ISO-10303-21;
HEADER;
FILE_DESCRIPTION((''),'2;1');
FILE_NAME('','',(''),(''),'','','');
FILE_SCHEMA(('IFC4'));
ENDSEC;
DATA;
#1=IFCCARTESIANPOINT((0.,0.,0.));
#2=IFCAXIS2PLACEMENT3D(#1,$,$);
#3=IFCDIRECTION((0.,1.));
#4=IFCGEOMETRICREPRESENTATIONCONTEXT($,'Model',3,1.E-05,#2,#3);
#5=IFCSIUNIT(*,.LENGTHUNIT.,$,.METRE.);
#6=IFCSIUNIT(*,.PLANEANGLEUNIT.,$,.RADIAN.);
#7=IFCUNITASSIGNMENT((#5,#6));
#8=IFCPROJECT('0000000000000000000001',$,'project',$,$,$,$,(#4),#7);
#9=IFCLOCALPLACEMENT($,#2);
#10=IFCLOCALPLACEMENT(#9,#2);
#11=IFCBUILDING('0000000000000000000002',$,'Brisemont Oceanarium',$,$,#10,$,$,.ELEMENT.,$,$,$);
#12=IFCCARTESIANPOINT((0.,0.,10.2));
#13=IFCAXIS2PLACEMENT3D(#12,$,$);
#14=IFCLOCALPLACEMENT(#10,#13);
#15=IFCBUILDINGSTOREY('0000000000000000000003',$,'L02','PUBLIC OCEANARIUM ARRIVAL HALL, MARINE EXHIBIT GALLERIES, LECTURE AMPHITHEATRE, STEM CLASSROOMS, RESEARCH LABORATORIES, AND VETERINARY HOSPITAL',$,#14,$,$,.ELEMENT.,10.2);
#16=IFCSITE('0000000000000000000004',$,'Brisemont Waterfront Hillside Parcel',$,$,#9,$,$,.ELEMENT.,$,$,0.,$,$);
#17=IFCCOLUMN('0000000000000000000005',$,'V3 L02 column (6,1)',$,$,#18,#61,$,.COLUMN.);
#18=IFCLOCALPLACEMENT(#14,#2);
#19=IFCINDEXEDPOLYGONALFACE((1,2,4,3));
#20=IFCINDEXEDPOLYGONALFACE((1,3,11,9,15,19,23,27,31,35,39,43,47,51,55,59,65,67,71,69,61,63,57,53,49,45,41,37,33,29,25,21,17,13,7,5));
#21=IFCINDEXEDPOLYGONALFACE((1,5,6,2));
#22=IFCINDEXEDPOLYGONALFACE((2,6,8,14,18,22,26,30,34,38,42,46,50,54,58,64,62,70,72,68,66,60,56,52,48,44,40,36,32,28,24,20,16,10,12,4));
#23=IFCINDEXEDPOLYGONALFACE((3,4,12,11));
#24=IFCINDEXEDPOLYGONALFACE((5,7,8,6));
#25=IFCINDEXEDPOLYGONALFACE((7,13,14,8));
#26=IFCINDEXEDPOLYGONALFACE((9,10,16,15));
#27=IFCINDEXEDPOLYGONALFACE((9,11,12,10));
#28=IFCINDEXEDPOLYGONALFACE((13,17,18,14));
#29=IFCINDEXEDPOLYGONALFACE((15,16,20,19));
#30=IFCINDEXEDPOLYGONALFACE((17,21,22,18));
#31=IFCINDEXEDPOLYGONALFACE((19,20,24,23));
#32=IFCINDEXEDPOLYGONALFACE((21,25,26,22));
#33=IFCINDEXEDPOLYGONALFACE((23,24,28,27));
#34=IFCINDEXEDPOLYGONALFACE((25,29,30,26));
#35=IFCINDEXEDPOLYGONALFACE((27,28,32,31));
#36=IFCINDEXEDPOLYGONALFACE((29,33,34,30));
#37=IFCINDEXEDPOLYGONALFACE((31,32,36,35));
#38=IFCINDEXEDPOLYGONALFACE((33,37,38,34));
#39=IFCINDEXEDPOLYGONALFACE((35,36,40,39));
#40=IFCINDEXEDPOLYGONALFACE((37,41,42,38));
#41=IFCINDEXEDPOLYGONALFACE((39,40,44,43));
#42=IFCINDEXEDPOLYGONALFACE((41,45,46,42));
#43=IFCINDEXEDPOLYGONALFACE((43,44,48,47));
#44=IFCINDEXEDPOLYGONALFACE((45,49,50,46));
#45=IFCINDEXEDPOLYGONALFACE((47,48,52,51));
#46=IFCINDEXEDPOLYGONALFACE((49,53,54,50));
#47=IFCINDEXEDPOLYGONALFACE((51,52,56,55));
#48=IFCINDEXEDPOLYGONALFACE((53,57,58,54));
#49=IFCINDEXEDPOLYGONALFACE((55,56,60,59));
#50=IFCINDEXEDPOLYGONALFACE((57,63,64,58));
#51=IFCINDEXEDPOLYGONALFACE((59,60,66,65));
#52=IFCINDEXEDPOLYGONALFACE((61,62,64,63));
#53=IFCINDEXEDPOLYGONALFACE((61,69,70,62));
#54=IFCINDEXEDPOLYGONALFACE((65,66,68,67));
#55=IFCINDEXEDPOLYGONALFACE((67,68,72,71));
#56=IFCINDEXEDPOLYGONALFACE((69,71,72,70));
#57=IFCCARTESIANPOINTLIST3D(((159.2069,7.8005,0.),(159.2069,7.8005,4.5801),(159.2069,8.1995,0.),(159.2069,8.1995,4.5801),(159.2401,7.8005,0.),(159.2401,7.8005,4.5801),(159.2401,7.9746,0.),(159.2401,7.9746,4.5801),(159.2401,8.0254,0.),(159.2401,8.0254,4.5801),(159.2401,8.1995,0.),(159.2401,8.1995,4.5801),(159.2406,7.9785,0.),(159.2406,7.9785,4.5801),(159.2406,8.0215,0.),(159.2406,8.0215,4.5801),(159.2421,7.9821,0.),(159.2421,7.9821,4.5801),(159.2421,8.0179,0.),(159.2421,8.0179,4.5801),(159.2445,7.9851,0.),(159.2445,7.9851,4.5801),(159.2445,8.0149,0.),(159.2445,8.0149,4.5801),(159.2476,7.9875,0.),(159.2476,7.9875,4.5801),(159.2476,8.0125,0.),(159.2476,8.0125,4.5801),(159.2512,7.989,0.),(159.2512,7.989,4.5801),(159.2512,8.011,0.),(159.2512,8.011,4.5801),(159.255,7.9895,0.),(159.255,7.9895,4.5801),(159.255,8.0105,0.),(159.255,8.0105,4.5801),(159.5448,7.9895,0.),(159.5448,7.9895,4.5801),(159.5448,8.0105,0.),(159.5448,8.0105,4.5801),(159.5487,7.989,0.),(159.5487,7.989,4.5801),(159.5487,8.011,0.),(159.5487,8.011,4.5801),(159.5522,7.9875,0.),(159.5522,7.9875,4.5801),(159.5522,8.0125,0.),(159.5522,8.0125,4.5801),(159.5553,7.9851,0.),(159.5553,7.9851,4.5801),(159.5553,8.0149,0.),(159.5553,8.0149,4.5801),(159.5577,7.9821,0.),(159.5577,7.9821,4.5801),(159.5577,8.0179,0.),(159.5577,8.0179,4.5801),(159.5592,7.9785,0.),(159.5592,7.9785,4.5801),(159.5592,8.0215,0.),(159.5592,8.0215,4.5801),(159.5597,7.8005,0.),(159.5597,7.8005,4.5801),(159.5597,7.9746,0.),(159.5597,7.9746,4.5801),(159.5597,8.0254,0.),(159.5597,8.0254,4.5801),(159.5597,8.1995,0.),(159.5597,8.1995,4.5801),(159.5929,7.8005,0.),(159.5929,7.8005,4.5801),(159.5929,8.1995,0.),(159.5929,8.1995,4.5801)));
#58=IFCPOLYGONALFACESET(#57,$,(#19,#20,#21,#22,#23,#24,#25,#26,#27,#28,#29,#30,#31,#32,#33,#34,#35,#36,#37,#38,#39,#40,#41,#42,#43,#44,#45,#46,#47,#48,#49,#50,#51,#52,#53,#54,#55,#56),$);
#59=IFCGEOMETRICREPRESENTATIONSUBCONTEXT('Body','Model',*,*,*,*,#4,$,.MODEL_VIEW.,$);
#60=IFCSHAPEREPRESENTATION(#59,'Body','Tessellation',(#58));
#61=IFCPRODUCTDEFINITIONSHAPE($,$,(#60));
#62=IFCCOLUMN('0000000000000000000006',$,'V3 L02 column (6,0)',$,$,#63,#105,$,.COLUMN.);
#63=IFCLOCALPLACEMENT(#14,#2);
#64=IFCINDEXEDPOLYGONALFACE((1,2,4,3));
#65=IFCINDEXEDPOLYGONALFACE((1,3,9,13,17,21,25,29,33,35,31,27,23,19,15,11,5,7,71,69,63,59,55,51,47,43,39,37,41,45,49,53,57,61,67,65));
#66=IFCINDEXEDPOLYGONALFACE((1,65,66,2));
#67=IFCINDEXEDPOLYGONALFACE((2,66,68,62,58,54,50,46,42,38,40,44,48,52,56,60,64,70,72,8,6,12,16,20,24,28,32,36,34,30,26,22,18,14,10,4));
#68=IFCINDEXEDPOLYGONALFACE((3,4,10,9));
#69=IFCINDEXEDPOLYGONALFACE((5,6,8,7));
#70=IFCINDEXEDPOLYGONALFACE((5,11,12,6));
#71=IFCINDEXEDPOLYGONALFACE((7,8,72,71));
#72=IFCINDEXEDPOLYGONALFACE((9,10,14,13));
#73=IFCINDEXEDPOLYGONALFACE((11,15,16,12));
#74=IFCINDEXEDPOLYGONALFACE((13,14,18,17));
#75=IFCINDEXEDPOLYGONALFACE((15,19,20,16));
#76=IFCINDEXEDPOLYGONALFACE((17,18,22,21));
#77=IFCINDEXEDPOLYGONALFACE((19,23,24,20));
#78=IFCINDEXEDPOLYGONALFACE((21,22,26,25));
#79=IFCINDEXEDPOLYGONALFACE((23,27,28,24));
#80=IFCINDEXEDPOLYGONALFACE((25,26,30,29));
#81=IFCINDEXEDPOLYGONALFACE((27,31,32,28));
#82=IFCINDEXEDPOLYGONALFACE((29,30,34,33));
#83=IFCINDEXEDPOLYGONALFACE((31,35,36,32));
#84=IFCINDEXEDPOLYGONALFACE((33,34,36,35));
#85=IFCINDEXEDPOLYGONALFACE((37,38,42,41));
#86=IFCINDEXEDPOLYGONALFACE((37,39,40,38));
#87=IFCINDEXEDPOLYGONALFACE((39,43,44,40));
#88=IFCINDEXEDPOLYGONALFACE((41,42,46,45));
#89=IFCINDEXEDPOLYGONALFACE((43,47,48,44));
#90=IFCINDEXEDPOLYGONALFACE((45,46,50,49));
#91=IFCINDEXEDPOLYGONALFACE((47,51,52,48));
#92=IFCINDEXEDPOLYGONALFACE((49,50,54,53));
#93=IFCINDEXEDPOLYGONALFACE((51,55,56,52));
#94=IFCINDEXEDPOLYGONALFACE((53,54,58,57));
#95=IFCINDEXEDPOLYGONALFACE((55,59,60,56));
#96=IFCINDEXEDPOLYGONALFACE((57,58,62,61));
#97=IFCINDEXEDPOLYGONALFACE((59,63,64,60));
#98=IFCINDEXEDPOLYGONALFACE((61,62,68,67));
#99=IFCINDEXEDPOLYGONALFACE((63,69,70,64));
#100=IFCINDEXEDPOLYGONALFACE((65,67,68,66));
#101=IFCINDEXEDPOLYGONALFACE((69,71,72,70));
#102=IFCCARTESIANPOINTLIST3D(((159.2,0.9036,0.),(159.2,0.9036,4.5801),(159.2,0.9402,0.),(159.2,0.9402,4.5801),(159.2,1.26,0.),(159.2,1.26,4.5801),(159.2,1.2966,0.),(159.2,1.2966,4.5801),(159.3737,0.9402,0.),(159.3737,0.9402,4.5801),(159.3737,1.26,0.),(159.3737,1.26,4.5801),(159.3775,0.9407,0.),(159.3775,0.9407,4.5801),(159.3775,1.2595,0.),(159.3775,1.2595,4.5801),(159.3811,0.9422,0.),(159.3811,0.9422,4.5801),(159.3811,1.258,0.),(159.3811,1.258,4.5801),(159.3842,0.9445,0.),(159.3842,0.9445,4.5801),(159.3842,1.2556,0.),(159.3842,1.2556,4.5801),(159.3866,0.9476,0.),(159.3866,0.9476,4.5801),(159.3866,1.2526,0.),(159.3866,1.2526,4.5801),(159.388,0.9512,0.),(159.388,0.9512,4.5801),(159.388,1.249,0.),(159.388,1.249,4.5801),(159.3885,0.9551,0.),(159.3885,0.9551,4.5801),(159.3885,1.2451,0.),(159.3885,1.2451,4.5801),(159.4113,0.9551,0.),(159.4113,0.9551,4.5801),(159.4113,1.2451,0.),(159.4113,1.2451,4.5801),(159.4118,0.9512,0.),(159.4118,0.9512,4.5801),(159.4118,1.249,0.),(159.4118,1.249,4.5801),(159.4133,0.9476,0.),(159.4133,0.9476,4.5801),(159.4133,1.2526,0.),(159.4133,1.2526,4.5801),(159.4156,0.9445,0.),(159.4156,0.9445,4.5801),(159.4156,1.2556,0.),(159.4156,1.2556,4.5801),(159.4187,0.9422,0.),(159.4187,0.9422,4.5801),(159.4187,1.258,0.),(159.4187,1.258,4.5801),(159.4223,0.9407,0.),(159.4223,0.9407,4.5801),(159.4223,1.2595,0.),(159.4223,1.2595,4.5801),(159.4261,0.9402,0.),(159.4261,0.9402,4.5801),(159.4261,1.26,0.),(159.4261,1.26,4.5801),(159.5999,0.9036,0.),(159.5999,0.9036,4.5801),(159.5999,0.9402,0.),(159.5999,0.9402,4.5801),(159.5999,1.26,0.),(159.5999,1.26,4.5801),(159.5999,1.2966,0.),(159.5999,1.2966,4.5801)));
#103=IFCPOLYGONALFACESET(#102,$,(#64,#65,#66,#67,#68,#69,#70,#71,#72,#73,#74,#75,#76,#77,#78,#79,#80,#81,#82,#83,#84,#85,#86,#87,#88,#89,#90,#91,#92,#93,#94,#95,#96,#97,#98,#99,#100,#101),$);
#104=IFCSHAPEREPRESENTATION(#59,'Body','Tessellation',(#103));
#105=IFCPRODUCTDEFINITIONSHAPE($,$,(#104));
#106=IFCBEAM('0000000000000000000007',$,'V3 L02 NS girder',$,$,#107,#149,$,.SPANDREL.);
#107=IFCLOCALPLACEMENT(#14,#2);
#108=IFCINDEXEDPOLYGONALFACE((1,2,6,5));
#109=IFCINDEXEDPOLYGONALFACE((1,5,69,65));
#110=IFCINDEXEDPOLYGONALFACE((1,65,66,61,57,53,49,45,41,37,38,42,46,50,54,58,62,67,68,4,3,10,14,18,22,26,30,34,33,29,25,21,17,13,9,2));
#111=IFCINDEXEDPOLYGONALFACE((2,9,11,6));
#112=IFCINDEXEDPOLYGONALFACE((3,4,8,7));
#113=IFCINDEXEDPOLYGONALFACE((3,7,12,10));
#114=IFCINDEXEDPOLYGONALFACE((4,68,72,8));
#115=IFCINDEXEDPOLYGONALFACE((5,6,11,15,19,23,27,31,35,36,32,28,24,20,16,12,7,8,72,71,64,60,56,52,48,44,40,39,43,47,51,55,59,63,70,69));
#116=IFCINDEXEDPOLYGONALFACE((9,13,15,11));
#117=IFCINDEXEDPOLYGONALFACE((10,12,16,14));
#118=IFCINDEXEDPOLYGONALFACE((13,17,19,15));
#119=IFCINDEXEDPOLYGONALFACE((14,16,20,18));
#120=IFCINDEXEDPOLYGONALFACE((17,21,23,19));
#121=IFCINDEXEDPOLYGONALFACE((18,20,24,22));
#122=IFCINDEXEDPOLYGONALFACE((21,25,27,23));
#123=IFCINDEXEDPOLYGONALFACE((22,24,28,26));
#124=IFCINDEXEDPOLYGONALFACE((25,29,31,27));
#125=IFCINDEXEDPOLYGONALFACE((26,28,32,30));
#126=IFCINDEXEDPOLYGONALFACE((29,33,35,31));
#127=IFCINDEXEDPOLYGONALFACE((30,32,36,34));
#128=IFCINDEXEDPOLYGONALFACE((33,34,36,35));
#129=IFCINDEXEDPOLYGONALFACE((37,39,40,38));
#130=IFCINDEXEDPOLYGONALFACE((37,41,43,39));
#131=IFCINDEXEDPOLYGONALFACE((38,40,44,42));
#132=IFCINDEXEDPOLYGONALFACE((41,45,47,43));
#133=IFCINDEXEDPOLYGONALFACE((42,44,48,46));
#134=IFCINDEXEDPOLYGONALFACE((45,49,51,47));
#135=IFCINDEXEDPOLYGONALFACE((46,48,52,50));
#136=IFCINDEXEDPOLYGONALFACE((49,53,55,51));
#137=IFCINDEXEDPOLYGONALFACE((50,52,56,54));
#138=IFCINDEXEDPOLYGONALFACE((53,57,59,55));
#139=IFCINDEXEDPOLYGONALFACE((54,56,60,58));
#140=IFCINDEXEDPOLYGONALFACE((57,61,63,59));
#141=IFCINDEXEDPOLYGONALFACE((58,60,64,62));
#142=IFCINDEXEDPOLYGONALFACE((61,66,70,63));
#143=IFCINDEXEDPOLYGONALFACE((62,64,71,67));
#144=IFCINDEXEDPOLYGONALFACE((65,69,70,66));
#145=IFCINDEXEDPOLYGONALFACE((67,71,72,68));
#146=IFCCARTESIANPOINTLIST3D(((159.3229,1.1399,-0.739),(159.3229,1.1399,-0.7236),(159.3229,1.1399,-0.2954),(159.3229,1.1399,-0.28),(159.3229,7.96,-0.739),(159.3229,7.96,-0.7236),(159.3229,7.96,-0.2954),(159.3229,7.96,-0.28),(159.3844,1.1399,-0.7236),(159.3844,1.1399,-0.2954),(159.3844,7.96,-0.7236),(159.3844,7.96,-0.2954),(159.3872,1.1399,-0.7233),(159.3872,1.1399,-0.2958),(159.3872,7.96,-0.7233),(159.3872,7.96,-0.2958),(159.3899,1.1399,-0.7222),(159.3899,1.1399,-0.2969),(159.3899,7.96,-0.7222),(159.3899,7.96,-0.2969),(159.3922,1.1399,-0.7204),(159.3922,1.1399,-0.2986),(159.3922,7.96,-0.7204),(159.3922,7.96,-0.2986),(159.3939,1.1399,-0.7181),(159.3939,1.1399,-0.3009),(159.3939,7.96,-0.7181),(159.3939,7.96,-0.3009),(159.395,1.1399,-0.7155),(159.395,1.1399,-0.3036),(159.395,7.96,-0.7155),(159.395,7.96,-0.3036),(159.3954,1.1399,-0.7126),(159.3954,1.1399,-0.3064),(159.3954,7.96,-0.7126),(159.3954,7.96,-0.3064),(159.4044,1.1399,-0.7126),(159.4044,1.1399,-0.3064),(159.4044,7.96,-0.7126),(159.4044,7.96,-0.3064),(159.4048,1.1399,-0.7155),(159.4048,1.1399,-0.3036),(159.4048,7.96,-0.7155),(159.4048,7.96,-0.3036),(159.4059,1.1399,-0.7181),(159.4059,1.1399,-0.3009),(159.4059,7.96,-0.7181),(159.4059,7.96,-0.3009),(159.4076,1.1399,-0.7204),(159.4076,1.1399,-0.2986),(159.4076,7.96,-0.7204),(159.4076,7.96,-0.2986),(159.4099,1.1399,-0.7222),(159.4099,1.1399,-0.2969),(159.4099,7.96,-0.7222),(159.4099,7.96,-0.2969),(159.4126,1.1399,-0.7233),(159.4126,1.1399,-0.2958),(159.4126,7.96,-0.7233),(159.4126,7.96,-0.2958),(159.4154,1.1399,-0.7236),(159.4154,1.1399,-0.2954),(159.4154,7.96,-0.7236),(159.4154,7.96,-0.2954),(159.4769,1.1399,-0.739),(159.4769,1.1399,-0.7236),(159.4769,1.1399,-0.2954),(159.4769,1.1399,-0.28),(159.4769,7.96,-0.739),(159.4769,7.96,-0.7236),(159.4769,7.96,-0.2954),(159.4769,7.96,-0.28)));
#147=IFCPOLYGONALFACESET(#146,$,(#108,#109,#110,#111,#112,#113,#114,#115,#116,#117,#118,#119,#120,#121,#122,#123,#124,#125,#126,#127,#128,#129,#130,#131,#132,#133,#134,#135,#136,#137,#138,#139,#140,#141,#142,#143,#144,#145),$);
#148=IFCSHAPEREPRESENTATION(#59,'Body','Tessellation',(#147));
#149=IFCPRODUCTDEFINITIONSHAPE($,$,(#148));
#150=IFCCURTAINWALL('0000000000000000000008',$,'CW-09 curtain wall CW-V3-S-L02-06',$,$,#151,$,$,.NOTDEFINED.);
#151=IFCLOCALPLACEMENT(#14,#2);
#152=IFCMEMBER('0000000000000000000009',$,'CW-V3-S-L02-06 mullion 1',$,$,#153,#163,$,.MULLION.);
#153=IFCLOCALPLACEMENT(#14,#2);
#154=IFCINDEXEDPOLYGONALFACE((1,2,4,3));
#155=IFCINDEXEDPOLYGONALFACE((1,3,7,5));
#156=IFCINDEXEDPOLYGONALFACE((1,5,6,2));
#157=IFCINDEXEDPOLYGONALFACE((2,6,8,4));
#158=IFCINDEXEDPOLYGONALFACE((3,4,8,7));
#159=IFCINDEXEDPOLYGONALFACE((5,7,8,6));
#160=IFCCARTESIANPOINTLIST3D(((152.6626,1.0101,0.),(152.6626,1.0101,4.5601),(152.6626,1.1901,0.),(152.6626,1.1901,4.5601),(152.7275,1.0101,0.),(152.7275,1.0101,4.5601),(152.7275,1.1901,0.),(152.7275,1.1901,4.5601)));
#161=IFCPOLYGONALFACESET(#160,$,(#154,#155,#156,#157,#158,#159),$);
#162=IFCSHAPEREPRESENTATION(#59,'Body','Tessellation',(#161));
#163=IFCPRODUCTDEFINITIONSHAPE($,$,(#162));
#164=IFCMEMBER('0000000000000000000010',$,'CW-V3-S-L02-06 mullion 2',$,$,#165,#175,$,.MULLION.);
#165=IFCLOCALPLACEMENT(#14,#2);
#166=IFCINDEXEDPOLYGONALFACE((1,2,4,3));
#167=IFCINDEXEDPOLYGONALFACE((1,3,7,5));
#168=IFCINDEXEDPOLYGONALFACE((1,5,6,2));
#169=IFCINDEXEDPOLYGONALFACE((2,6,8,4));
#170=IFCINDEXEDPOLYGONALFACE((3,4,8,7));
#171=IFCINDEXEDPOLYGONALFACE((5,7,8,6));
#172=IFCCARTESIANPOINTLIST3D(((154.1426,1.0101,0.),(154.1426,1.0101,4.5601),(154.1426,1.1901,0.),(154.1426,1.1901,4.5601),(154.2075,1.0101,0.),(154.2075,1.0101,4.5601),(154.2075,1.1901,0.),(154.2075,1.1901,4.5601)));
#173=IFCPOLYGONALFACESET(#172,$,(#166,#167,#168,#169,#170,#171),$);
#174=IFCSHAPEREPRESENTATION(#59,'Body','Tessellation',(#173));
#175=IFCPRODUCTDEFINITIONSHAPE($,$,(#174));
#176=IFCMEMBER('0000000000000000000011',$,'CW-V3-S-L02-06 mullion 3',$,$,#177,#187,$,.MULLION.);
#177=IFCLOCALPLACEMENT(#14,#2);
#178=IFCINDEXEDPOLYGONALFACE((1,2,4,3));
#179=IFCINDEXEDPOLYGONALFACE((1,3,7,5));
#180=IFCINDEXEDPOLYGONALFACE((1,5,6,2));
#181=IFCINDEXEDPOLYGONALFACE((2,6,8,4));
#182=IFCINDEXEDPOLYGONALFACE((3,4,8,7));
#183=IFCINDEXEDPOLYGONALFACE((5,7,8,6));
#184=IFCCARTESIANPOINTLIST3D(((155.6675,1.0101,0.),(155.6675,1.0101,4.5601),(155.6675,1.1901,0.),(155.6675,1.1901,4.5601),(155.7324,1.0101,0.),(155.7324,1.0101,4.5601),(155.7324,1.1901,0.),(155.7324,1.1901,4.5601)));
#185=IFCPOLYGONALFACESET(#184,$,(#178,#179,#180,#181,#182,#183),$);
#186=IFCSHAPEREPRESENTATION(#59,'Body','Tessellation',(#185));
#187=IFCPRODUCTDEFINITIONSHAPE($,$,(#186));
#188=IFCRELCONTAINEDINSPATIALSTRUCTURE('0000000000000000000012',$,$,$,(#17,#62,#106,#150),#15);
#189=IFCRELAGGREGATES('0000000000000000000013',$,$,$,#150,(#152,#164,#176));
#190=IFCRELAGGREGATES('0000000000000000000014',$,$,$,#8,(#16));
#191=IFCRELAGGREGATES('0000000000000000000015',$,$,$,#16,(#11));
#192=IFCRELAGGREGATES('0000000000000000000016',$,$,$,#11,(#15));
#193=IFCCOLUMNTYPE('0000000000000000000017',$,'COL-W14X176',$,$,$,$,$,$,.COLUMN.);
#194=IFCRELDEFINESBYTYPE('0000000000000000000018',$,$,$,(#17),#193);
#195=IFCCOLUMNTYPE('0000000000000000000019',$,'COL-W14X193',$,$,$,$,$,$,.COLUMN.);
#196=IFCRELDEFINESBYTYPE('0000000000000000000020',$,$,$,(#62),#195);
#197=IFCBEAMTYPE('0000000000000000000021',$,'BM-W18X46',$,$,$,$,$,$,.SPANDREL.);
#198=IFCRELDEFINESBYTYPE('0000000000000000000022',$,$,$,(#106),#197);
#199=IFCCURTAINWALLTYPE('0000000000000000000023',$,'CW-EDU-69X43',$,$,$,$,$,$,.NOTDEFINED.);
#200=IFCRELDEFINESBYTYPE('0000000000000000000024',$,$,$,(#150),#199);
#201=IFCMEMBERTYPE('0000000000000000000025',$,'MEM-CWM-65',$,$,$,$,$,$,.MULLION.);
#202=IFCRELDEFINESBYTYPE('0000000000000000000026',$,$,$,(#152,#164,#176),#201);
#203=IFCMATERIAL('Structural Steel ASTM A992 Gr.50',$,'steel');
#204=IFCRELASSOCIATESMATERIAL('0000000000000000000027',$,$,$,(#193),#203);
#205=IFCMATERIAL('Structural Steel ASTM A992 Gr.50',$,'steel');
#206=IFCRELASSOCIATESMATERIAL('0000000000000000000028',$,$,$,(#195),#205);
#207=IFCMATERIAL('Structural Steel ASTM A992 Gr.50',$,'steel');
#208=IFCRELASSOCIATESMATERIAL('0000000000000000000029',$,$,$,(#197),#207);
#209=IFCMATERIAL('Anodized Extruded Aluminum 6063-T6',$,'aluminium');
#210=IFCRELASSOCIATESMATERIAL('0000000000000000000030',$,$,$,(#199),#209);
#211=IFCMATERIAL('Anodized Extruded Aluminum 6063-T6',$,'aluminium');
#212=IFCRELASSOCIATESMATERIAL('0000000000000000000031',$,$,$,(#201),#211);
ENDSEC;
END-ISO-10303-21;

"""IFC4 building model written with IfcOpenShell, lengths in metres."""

from ifc_helpers import new_model, si_unit, direction, frame, origin, origin_2d, place, context, subcontext, project, spatial, rectangle, i_section, extrude, material, material_profile, profile_set, type_object, element, aggregate, save


model = new_model("IFC4")

# Units and contexts
model_context = context("Model", 3, precision=1e-05, world=origin(), true_north=direction((0.0, 1.0)))
body_context = subcontext(model_context, "Body", "Model", "MODEL_VIEW")
ifc_project = project(units=[si_unit("LENGTHUNIT", "METRE"), si_unit("PLANEANGLEUNIT", "RADIAN")], contexts=[model_context])

# Site, building, storey
site_placement = place(None, origin())
site = spatial("IfcSite", under=ifc_project, at=site_placement, Name="Brisemont Waterfront Hillside Parcel", CompositionType="ELEMENT", RefElevation=0.0)
building_placement = place(site_placement, origin())
building = spatial("IfcBuilding", under=site, at=building_placement, Name="Brisemont Oceanarium", CompositionType="ELEMENT")
storey_placement = place(building_placement, frame((0.0, 0.0, 10.2)))
storey = spatial("IfcBuildingStorey", under=building, at=storey_placement, Name="L02", Description="PUBLIC OCEANARIUM ARRIVAL HALL, MARINE EXHIBIT GALLERIES, LECTURE AMPHITHEATRE, STEM CLASSROOMS, RESEARCH LABORATORIES, AND VETERINARY HOSPITAL", CompositionType="ELEMENT", Elevation=10.2)

# Columns
ifc_material_1 = material(Name="Structural Steel ASTM A992 Gr.50", Category="steel")
ifc_material_profile_1 = material_profile(ifc_material_1, i_section(OverallWidth=0.3989, OverallDepth=0.386, WebThickness=0.021, FlangeThickness=0.0332, FilletRadius=0.0149, at=origin_2d()), Name="W14X176")
ifc_profile_set_1 = profile_set([ifc_material_profile_1], Name="Structural Steel ASTM A992 Gr.50")
column_type_1 = type_object("IfcColumnType", Name="COL-W14X176", PredefinedType="COLUMN", material=ifc_profile_set_1)
column_1_placement = place(storey_placement, frame((159.3999, 8.0, 0.0), z_axis=(0.0, 0.0, 1.0), x_axis=(0.0, 1.0, 0.0)))
element("IfcColumn", 1, at=column_1_placement, inside=storey, type_object=column_type_1, Name="V3 L02 column (6,1)", PredefinedType="COLUMN", context=body_context, shape_type="SweptSolid", body=[
    extrude(i_section(OverallWidth=0.3989, OverallDepth=0.386, WebThickness=0.021, FlangeThickness=0.0332, FilletRadius=0.0149, at=origin_2d()), origin(), (0.0, 0.0, 1.0), 4.5801),
])
ifc_material_2 = material(Name="Structural Steel ASTM A992 Gr.50", Category="steel")
ifc_material_profile_2 = material_profile(ifc_material_2, i_section(OverallWidth=0.3999, OverallDepth=0.3931, WebThickness=0.0227, FlangeThickness=0.0366, FilletRadius=0.0149, at=origin_2d()), Name="W14X193")
ifc_profile_set_2 = profile_set([ifc_material_profile_2], Name="Structural Steel ASTM A992 Gr.50")
column_type_2 = type_object("IfcColumnType", Name="COL-W14X193", PredefinedType="COLUMN", material=ifc_profile_set_2)
column_2_placement = place(storey_placement, frame((159.3999, 1.1001, 0.0), z_axis=(0.0, 0.0, 1.0), x_axis=(1.0, 0.0, 0.0)))
element("IfcColumn", 2, at=column_2_placement, inside=storey, type_object=column_type_2, Name="V3 L02 column (6,0)", PredefinedType="COLUMN", context=body_context, shape_type="SweptSolid", body=[
    extrude(i_section(OverallWidth=0.3999, OverallDepth=0.3931, WebThickness=0.0227, FlangeThickness=0.0366, FilletRadius=0.0149, at=origin_2d()), origin(), (0.0, 0.0, 1.0), 4.5801),
])

# Beam
ifc_material_3 = material(Name="Structural Steel ASTM A992 Gr.50", Category="steel")
ifc_material_profile_3 = material_profile(ifc_material_3, i_section(OverallWidth=0.1541, OverallDepth=0.459, WebThickness=0.009, FlangeThickness=0.0154, FilletRadius=0.011, at=origin_2d()), Name="W18X46")
ifc_profile_set_3 = profile_set([ifc_material_profile_3], Name="Structural Steel ASTM A992 Gr.50")
beam_type = type_object("IfcBeamType", Name="BM-W18X46", PredefinedType="SPANDREL", material=ifc_profile_set_3)
beam_placement = place(storey_placement, frame((159.3999, 1.1399, -0.5095), z_axis=(0.0, 1.0, 0.0), x_axis=(-1.0, 0.0, 0.0)))
element("IfcBeam", 3, at=beam_placement, inside=storey, type_object=beam_type, Name="V3 L02 NS girder", PredefinedType="SPANDREL", context=body_context, shape_type="SweptSolid", body=[
    extrude(i_section(OverallWidth=0.1541, OverallDepth=0.459, WebThickness=0.009, FlangeThickness=0.0154, FilletRadius=0.011, at=origin_2d()), origin(), (0.0, 0.0, 1.0), 6.8201),
])

# Curtain wall, members
ifc_material_4 = material(Name="Anodized Extruded Aluminum 6063-T6", Category="aluminium")
curtain_wall_type = type_object("IfcCurtainWallType", Name="CW-EDU-69X43", PredefinedType="NOTDEFINED", material=ifc_material_4)
curtain_wall_placement = place(storey_placement, origin())
curtain_wall = element("IfcCurtainWall", 4, at=curtain_wall_placement, inside=storey, type_object=curtain_wall_type, Name="CW-09 curtain wall CW-V3-S-L02-06", PredefinedType="NOTDEFINED")
ifc_material_5 = material(Name="Anodized Extruded Aluminum 6063-T6", Category="aluminium")
ifc_material_profile_4 = material_profile(ifc_material_5, rectangle(XDim=0.0649, YDim=0.1799, at=origin_2d()), Name="CWM-65X180")
ifc_profile_set_4 = profile_set([ifc_material_profile_4], Name="Anodized Extruded Aluminum 6063-T6")
member_type_1 = type_object("IfcMemberType", Name="MEM-CWM-65", PredefinedType="MULLION", material=ifc_profile_set_4)
member_1_placement = place(storey_placement, frame((152.6951, 1.1001, 0.0), z_axis=(0.0, 0.0, 1.0), x_axis=(1.0, 0.0, 0.0)))
member_1 = element("IfcMember", 5, at=member_1_placement, type_object=member_type_1, Name="CW-V3-S-L02-06 mullion 1", PredefinedType="MULLION", context=body_context, shape_type="SweptSolid", body=[
    extrude(rectangle(XDim=0.0649, YDim=0.1799, at=origin_2d()), origin(), (0.0, 0.0, 1.0), 4.5601),
])
member_2_placement = place(storey_placement, frame((154.175, 1.1001, 0.0), z_axis=(0.0, 0.0, 1.0), x_axis=(1.0, 0.0, 0.0)))
member_2 = element("IfcMember", 6, at=member_2_placement, type_object=member_type_1, Name="CW-V3-S-L02-06 mullion 2", PredefinedType="MULLION", context=body_context, shape_type="SweptSolid", body=[
    extrude(rectangle(XDim=0.0649, YDim=0.1799, at=origin_2d()), origin(), (0.0, 0.0, 1.0), 4.5601),
])
member_3_placement = place(storey_placement, frame((155.7, 1.1001, 0.0), z_axis=(0.0, 0.0, 1.0), x_axis=(1.0, 0.0, 0.0)))
member_3 = element("IfcMember", 7, at=member_3_placement, type_object=member_type_1, Name="CW-V3-S-L02-06 mullion 3", PredefinedType="MULLION", context=body_context, shape_type="SweptSolid", body=[
    extrude(rectangle(XDim=0.0649, YDim=0.1799, at=origin_2d()), origin(), (0.0, 0.0, 1.0), 4.5601),
])
aggregate(curtain_wall, [member_1, member_2, member_3])

save(model, "model.ifc")
